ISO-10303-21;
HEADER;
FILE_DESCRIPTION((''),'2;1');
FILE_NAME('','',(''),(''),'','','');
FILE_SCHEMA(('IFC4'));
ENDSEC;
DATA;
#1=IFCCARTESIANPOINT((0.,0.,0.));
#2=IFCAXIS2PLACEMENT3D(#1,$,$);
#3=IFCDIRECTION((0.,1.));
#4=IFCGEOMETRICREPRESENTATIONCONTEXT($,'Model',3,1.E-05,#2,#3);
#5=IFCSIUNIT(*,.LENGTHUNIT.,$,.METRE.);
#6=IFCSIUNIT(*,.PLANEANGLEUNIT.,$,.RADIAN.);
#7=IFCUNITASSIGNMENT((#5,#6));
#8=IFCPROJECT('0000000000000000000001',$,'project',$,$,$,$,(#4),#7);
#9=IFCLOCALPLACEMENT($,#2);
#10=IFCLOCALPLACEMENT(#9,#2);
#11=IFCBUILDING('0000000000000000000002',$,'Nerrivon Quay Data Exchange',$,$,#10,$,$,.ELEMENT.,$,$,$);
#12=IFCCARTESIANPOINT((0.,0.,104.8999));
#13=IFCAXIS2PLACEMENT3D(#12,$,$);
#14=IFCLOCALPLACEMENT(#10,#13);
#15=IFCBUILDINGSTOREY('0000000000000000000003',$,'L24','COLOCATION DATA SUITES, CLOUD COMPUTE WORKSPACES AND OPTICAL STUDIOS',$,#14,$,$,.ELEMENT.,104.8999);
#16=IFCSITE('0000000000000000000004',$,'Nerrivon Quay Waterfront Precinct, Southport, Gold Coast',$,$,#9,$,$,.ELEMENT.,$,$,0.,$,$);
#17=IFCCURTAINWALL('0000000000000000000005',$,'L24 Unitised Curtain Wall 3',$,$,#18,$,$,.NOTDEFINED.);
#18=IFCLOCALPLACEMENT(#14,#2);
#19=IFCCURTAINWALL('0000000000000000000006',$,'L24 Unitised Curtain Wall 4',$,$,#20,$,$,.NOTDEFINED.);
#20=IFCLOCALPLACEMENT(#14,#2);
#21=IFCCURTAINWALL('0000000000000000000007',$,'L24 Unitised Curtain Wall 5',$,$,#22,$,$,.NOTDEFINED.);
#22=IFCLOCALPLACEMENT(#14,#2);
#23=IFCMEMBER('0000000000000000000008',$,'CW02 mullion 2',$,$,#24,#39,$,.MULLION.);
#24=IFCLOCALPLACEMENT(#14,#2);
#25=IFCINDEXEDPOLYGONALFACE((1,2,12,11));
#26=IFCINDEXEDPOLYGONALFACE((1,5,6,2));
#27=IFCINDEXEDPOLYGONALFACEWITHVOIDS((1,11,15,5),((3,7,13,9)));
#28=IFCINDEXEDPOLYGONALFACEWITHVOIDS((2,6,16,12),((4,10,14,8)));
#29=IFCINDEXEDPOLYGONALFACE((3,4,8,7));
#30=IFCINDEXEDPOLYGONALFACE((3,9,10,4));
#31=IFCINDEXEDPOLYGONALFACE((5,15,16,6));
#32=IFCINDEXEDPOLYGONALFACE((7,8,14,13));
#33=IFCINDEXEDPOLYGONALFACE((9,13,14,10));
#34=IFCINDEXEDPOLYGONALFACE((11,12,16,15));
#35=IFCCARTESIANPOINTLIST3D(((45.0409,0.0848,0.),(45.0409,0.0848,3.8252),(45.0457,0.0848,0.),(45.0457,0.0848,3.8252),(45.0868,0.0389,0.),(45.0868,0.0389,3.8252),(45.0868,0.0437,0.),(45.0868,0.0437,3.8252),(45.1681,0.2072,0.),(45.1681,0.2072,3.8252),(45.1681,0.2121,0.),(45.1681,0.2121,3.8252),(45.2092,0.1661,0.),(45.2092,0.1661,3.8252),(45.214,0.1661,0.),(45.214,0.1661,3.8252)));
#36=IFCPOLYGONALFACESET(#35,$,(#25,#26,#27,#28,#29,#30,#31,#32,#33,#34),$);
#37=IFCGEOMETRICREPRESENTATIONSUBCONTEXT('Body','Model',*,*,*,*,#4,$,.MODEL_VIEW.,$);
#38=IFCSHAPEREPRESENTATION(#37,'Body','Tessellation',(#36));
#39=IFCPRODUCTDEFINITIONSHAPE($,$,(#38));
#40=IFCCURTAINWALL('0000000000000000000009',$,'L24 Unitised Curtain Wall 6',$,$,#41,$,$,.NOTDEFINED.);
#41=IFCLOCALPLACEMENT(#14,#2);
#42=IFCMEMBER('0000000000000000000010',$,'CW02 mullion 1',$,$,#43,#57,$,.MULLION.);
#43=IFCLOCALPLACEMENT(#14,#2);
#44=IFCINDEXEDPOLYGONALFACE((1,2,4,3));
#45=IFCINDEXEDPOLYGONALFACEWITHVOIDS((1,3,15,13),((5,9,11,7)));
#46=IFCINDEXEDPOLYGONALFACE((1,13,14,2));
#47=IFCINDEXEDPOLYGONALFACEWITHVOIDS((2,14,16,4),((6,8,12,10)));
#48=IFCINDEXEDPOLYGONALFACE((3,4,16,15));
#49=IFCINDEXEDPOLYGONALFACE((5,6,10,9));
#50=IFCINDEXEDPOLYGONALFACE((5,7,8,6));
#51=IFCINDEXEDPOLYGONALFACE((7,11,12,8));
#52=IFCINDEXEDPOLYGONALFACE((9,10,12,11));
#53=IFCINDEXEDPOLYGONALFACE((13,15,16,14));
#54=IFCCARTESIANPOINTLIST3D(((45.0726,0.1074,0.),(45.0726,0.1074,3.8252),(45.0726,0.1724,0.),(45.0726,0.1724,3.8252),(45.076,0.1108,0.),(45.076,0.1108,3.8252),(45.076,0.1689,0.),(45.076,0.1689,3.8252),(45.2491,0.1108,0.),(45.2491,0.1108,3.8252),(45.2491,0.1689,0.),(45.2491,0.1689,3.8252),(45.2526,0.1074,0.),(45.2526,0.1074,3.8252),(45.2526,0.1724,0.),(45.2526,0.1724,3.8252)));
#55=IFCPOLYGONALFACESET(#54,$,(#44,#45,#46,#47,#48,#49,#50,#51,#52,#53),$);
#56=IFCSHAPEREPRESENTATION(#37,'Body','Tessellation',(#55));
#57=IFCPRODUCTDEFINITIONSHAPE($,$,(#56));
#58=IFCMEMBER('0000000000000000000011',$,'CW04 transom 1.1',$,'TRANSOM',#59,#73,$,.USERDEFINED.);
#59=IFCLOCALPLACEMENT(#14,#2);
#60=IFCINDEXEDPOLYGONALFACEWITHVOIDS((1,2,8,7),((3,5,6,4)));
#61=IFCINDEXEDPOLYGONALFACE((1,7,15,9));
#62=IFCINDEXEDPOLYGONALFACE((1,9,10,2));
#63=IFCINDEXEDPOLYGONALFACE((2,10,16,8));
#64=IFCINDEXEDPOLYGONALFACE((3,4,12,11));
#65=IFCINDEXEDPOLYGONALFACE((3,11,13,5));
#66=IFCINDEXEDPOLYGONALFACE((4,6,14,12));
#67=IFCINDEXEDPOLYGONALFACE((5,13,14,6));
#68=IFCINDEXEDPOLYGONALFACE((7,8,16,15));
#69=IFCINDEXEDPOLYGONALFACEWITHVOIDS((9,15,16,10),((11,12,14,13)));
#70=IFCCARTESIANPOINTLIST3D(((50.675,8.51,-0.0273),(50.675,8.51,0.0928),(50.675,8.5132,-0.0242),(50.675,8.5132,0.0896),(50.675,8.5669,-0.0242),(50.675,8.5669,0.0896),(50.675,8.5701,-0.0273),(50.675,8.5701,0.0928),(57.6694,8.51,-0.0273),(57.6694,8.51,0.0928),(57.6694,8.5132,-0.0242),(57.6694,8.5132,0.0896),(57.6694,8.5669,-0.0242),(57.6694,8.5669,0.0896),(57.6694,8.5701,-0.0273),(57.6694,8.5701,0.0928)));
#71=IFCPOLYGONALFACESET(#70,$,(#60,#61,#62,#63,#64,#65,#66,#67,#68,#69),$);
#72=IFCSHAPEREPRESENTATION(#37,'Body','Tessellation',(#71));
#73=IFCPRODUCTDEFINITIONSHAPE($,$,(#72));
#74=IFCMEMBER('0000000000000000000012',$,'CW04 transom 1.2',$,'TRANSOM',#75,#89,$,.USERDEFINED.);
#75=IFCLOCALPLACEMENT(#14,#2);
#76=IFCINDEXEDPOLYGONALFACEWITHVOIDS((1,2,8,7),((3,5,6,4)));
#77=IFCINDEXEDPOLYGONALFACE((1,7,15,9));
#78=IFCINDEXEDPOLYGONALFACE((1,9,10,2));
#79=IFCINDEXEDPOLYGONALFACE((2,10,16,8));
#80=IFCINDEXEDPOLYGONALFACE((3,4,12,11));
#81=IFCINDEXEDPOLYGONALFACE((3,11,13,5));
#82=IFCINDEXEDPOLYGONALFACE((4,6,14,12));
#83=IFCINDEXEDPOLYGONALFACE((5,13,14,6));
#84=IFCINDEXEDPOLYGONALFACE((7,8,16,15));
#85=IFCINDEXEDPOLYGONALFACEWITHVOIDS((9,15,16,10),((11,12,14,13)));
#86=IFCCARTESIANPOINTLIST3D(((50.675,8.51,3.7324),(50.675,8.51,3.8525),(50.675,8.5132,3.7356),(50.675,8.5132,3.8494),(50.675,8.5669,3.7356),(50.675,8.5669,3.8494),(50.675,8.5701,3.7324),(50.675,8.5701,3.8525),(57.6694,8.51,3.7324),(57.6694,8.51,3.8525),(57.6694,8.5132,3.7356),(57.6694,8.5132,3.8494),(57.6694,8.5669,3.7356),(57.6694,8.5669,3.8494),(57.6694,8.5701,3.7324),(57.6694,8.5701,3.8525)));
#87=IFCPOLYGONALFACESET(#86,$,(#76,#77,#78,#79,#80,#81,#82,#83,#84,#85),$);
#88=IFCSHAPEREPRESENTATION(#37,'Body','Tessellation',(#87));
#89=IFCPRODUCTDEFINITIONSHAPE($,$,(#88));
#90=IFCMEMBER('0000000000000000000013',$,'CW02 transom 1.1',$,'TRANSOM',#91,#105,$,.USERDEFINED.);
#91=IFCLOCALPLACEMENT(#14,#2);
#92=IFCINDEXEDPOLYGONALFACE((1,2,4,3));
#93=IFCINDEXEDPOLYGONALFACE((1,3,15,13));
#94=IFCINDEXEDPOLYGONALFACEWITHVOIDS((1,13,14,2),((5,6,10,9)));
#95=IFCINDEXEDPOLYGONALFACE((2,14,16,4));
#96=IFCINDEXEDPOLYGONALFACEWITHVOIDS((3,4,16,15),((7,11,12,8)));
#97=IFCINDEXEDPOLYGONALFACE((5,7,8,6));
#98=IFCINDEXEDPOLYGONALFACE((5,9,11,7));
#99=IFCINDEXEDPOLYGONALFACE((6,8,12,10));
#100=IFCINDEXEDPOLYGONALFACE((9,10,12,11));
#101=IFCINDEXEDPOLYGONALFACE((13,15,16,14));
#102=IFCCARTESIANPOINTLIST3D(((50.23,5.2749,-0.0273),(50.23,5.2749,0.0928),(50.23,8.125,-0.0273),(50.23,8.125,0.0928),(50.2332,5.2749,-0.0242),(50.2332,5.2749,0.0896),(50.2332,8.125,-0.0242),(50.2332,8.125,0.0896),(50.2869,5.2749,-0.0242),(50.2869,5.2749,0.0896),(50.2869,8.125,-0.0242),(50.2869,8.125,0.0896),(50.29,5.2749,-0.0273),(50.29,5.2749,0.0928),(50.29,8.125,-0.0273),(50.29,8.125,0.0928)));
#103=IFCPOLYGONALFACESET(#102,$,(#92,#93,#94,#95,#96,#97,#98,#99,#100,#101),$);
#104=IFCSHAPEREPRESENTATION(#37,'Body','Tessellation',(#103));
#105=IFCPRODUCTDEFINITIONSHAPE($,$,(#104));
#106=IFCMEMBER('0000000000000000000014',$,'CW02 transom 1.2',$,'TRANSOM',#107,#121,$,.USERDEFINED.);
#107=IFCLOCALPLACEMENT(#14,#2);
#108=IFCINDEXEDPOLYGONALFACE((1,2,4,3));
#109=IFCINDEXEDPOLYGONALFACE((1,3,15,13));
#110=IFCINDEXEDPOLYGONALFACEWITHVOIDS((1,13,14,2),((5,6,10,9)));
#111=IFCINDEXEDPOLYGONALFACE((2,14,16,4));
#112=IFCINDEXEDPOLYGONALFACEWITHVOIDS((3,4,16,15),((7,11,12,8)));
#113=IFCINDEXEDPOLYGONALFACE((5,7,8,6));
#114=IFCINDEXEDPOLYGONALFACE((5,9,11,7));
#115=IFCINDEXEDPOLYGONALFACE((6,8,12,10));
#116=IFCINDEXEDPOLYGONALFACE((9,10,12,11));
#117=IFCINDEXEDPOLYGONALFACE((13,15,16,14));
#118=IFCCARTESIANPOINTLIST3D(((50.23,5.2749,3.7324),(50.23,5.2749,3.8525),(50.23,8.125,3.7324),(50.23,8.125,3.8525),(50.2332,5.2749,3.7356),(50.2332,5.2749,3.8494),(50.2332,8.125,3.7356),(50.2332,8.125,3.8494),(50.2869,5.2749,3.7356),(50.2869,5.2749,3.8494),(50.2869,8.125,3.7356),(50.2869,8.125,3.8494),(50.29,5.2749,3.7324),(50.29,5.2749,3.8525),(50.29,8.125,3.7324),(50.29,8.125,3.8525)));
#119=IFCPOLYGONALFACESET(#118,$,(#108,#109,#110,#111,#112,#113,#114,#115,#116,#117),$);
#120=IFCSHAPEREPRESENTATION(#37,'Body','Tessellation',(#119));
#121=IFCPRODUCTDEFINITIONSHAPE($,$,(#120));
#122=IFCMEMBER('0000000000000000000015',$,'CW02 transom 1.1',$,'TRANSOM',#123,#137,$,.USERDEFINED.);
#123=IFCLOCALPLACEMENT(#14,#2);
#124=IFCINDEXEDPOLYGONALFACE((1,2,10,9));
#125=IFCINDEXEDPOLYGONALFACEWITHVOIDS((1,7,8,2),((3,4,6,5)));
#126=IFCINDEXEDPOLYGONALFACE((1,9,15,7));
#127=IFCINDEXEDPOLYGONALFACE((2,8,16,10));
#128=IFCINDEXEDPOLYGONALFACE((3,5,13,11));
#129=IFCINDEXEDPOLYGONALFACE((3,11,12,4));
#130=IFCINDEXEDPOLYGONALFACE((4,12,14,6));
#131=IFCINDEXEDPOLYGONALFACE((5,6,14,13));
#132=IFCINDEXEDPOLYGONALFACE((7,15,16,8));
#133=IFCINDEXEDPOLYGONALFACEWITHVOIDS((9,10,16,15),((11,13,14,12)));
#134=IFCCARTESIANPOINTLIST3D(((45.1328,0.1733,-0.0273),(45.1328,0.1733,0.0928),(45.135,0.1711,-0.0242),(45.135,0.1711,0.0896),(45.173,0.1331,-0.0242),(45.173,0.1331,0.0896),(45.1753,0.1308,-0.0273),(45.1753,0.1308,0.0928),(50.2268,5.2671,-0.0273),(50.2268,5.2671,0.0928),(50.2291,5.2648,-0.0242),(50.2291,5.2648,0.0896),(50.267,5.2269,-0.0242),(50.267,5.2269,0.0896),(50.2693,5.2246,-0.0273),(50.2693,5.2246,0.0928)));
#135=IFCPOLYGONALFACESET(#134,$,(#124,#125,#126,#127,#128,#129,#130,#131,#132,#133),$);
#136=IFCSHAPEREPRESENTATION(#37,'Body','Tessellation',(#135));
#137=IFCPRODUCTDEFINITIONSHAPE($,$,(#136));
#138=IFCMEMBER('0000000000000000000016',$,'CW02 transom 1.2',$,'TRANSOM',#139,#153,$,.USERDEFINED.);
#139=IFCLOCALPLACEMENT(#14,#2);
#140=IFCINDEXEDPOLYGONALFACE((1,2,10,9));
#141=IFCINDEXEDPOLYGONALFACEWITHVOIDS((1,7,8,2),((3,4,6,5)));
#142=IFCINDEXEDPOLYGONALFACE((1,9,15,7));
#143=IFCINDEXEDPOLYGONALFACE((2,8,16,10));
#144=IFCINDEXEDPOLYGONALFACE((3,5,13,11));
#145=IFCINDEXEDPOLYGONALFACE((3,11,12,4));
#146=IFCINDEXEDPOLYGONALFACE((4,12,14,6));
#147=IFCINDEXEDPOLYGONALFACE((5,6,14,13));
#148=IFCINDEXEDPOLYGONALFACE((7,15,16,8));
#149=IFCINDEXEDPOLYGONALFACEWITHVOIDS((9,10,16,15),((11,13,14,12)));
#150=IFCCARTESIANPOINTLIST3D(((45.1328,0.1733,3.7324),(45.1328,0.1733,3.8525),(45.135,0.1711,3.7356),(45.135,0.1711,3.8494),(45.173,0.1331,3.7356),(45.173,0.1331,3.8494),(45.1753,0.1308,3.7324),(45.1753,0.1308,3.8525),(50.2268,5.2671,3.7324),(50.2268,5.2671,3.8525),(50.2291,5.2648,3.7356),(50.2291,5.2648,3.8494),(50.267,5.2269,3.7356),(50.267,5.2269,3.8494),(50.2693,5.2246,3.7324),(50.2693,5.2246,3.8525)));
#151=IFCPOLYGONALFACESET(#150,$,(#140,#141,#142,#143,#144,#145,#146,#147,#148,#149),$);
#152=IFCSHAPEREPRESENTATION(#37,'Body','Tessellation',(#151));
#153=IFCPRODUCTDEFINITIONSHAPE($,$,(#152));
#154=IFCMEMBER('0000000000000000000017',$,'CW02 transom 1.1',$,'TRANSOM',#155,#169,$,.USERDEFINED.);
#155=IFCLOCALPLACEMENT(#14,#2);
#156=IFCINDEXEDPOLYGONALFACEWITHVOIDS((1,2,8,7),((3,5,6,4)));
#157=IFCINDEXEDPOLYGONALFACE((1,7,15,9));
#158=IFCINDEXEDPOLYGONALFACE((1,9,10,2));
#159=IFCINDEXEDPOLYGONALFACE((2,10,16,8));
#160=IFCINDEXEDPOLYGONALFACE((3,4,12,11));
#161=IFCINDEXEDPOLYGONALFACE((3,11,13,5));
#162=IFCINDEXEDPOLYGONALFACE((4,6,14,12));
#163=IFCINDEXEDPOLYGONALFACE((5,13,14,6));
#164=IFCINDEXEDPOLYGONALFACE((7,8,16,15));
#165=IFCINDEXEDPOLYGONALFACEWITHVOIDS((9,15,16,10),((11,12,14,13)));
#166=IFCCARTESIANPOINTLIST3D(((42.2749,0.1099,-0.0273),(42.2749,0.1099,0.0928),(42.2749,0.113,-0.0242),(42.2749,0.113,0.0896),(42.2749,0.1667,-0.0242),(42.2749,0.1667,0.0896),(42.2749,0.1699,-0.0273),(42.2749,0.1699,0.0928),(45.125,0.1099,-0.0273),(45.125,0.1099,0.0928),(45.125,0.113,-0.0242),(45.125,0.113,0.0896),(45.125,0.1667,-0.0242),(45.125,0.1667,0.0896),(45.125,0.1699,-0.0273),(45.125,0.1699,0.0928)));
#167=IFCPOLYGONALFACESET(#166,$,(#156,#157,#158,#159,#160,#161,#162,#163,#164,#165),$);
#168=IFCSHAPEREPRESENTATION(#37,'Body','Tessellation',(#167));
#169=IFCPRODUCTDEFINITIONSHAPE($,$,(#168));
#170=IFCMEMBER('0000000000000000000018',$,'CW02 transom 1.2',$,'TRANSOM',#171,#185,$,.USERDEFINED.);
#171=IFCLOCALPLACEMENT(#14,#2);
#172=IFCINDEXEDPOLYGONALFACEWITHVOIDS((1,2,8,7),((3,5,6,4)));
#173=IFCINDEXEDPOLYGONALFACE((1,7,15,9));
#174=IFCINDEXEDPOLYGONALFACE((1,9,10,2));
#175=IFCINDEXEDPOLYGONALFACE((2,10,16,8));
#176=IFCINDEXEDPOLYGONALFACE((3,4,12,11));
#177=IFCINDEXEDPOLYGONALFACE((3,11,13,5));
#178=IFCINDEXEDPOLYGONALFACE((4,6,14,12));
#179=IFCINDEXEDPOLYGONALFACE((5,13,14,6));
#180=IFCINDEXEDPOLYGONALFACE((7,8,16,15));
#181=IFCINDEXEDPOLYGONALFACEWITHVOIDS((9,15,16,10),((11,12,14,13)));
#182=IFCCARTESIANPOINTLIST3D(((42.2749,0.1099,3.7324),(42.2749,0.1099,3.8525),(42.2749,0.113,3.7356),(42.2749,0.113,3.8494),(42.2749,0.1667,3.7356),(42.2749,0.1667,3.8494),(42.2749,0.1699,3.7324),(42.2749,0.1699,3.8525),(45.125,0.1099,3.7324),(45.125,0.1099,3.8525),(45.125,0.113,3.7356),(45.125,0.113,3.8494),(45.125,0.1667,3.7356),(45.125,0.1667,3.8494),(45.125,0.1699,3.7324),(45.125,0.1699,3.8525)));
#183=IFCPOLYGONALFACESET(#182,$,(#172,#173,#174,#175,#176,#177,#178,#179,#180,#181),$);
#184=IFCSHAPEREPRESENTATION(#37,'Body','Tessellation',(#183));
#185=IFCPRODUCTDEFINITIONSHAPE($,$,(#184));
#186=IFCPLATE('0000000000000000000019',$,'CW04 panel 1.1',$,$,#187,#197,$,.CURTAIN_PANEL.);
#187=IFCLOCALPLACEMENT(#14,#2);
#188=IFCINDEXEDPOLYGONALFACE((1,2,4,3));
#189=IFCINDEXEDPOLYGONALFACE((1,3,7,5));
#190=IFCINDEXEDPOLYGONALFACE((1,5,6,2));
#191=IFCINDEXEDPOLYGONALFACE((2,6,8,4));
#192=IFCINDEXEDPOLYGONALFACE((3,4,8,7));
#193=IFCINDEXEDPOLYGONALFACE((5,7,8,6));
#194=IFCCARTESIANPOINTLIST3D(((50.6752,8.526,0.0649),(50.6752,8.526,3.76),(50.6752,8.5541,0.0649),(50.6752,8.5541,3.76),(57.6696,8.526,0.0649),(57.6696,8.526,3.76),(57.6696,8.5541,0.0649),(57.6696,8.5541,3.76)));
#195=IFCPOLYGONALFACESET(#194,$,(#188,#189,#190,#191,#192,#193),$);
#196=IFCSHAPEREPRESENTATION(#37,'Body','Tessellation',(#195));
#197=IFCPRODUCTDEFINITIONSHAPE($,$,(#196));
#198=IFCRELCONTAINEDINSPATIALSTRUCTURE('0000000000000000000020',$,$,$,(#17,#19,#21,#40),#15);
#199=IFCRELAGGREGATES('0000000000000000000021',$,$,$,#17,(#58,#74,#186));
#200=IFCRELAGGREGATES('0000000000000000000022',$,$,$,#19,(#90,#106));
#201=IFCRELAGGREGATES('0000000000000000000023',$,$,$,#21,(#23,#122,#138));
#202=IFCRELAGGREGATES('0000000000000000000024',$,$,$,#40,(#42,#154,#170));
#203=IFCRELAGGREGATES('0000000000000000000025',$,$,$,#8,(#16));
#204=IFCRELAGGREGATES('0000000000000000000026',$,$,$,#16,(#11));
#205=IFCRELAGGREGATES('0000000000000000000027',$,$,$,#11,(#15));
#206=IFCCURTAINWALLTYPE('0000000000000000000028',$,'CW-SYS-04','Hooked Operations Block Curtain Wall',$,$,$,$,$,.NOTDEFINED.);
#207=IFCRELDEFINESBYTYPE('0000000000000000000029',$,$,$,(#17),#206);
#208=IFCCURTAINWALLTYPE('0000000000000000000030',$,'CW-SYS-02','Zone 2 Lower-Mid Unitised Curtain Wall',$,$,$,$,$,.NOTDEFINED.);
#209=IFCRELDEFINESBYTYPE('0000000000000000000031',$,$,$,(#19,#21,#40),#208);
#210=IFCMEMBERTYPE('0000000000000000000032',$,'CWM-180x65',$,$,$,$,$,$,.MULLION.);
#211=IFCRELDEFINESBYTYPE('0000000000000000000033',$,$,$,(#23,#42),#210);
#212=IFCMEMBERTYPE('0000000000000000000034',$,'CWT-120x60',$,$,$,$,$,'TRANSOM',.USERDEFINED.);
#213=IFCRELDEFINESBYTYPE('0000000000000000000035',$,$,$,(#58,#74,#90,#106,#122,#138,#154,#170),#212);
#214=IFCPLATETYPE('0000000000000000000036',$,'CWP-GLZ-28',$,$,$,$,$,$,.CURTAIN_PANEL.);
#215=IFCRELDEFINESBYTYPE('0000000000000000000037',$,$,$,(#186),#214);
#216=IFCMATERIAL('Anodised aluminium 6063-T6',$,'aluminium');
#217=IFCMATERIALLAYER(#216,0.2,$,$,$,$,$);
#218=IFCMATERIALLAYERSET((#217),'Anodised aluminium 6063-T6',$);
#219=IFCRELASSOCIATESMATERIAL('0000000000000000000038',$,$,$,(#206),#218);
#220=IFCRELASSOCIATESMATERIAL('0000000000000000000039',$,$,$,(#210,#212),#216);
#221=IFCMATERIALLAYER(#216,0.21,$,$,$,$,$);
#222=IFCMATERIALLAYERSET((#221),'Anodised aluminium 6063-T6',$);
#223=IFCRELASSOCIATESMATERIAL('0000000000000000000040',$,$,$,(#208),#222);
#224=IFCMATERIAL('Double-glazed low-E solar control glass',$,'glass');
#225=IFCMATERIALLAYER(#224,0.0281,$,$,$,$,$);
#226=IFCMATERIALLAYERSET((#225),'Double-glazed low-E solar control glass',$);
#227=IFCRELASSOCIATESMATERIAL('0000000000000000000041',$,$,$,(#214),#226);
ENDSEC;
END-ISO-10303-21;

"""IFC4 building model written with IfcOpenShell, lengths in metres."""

from ifc_helpers import new_model, si_unit, direction, frame, origin, origin_2d, place, context, subcontext, project, spatial, rectangle, hollow_rectangle, extrude, material, layer, layer_set, material_profile, profile_set, type_object, element, aggregate, save


model = new_model("IFC4")

# Units and contexts
model_context = context("Model", 3, precision=1e-05, world=origin(), true_north=direction((0.0, 1.0)))
body_context = subcontext(model_context, "Body", "Model", "MODEL_VIEW")
ifc_project = project(units=[si_unit("LENGTHUNIT", "METRE"), si_unit("PLANEANGLEUNIT", "RADIAN")], contexts=[model_context])

# Site, building, storey
site_placement = place(None, origin())
site = spatial("IfcSite", under=ifc_project, at=site_placement, Name="Nerrivon Quay Waterfront Precinct, Southport, Gold Coast", CompositionType="ELEMENT", RefElevation=0.0)
building_placement = place(site_placement, origin())
building = spatial("IfcBuilding", under=site, at=building_placement, Name="Nerrivon Quay Data Exchange", CompositionType="ELEMENT")
storey_placement = place(building_placement, frame((0.0, 0.0, 104.8999)))
storey = spatial("IfcBuildingStorey", under=building, at=storey_placement, Name="L24", Description="COLOCATION DATA SUITES, CLOUD COMPUTE WORKSPACES AND OPTICAL STUDIOS", CompositionType="ELEMENT", Elevation=104.8999)

# Curtain walls, member
ifc_material_1 = material(Name="Anodised aluminium 6063-T6", Category="aluminium")
ifc_layer_1 = layer(ifc_material_1, 0.2)
ifc_layer_set_1 = layer_set([ifc_layer_1], Name="Anodised aluminium 6063-T6")
curtain_wall_type_1 = type_object("IfcCurtainWallType", Name="CW-SYS-04", Description="Hooked Operations Block Curtain Wall", PredefinedType="NOTDEFINED", material=ifc_layer_set_1)
curtain_wall_1_placement = place(storey_placement, origin())
curtain_wall_1 = element("IfcCurtainWall", 1, at=curtain_wall_1_placement, inside=storey, type_object=curtain_wall_type_1, Name="L24 Unitised Curtain Wall 3", PredefinedType="NOTDEFINED")
ifc_material_profile_1 = material_profile(ifc_material_1, hollow_rectangle(XDim=0.0649, YDim=0.1799, WallThickness=0.0034, at=origin_2d()), Name="ALU-MULL-180x65")
ifc_profile_set_1 = profile_set([ifc_material_profile_1], Name="Anodised aluminium 6063-T6")
member_type_1 = type_object("IfcMemberType", Name="CWM-180x65", PredefinedType="MULLION", material=ifc_profile_set_1)
ifc_layer_2 = layer(ifc_material_1, 0.21)
ifc_layer_set_2 = layer_set([ifc_layer_2], Name="Anodised aluminium 6063-T6")
curtain_wall_type_2 = type_object("IfcCurtainWallType", Name="CW-SYS-02", Description="Zone 2 Lower-Mid Unitised Curtain Wall", PredefinedType="NOTDEFINED", material=ifc_layer_set_2)
curtain_wall_2_placement = place(storey_placement, origin())
curtain_wall_2 = element("IfcCurtainWall", 2, at=curtain_wall_2_placement, inside=storey, type_object=curtain_wall_type_2, Name="L24 Unitised Curtain Wall 4", PredefinedType="NOTDEFINED")
curtain_wall_3_placement = place(storey_placement, origin())
curtain_wall_3 = element("IfcCurtainWall", 3, at=curtain_wall_3_placement, inside=storey, type_object=curtain_wall_type_2, Name="L24 Unitised Curtain Wall 5", PredefinedType="NOTDEFINED")
member_1_placement = place(storey_placement, frame((45.1274, 0.1255, 0.0), z_axis=(0.0, 0.0, 1.0), x_axis=(0.707107, -0.707107, 0.0)))
member_1 = element("IfcMember", 4, at=member_1_placement, type_object=member_type_1, Name="CW02 mullion 2", PredefinedType="MULLION", context=body_context, shape_type="SweptSolid", body=[
    extrude(hollow_rectangle(XDim=0.0649, YDim=0.1799, WallThickness=0.0034, at=origin_2d()), origin(), (0.0, 0.0, 1.0), 3.8252),
])

# Curtain wall, member
curtain_wall_4_placement = place(storey_placement, origin())
curtain_wall_4 = element("IfcCurtainWall", 5, at=curtain_wall_4_placement, inside=storey, type_object=curtain_wall_type_2, Name="L24 Unitised Curtain Wall 6", PredefinedType="NOTDEFINED")
member_2_placement = place(storey_placement, frame((45.1626, 0.1399, 0.0), z_axis=(0.0, 0.0, 1.0), x_axis=(0.0, -1.0, 0.0)))
member_2 = element("IfcMember", 6, at=member_2_placement, type_object=member_type_1, Name="CW02 mullion 1", PredefinedType="MULLION", context=body_context, shape_type="SweptSolid", body=[
    extrude(hollow_rectangle(XDim=0.0649, YDim=0.1799, WallThickness=0.0034, at=origin_2d()), origin(), (0.0, 0.0, 1.0), 3.8252),
])

# Members
ifc_material_profile_2 = material_profile(ifc_material_1, hollow_rectangle(XDim=0.0601, YDim=0.1201, WallThickness=0.0032, at=origin_2d()), Name="ALU-TRAN-120x60")
ifc_profile_set_2 = profile_set([ifc_material_profile_2], Name="Anodised aluminium 6063-T6")
member_type_2 = type_object("IfcMemberType", Name="CWT-120x60", ElementType="TRANSOM", PredefinedType="USERDEFINED", material=ifc_profile_set_2)
member_3_placement = place(storey_placement, frame((57.6694, 8.54, 0.0327), z_axis=(-1.0, 0.0, 0.0), x_axis=(0.0, -1.0, 0.0)))
member_3 = element("IfcMember", 7, at=member_3_placement, type_object=member_type_2, Name="CW04 transom 1.1", ObjectType="TRANSOM", PredefinedType="USERDEFINED", context=body_context, shape_type="SweptSolid", body=[
    extrude(hollow_rectangle(XDim=0.0601, YDim=0.1201, WallThickness=0.0032, at=origin_2d()), origin(), (0.0, 0.0, 1.0), 6.9944),
])
member_4_placement = place(storey_placement, frame((57.6694, 8.54, 3.7925), z_axis=(-1.0, 0.0, 0.0), x_axis=(0.0, -1.0, 0.0)))
member_4 = element("IfcMember", 8, at=member_4_placement, type_object=member_type_2, Name="CW04 transom 1.2", ObjectType="TRANSOM", PredefinedType="USERDEFINED", context=body_context, shape_type="SweptSolid", body=[
    extrude(hollow_rectangle(XDim=0.0601, YDim=0.1201, WallThickness=0.0032, at=origin_2d()), origin(), (0.0, 0.0, 1.0), 6.9944),
])
member_5_placement = place(storey_placement, frame((50.26, 8.125, 0.0327), z_axis=(0.0, -1.0, 0.0), x_axis=(1.0, 0.0, 0.0)))
member_5 = element("IfcMember", 9, at=member_5_placement, type_object=member_type_2, Name="CW02 transom 1.1", ObjectType="TRANSOM", PredefinedType="USERDEFINED", context=body_context, shape_type="SweptSolid", body=[
    extrude(hollow_rectangle(XDim=0.0601, YDim=0.1201, WallThickness=0.0032, at=origin_2d()), origin(), (0.0, 0.0, 1.0), 2.8501),
])
member_6_placement = place(storey_placement, frame((50.26, 8.125, 3.7925), z_axis=(0.0, -1.0, 0.0), x_axis=(1.0, 0.0, 0.0)))
member_6 = element("IfcMember", 10, at=member_6_placement, type_object=member_type_2, Name="CW02 transom 1.2", ObjectType="TRANSOM", PredefinedType="USERDEFINED", context=body_context, shape_type="SweptSolid", body=[
    extrude(hollow_rectangle(XDim=0.0601, YDim=0.1201, WallThickness=0.0032, at=origin_2d()), origin(), (0.0, 0.0, 1.0), 2.8501),
])
member_7_placement = place(storey_placement, frame((50.248, 5.2458, 0.0327), z_axis=(-0.707124, -0.70709, 0.0), x_axis=(0.70709, -0.707124, 0.0)))
member_7 = element("IfcMember", 11, at=member_7_placement, type_object=member_type_2, Name="CW02 transom 1.1", ObjectType="TRANSOM", PredefinedType="USERDEFINED", context=body_context, shape_type="SweptSolid", body=[
    extrude(hollow_rectangle(XDim=0.0601, YDim=0.1201, WallThickness=0.0032, at=origin_2d()), origin(), (0.0, 0.0, 1.0), 7.2039),
])
member_8_placement = place(storey_placement, frame((50.248, 5.2458, 3.7925), z_axis=(-0.707124, -0.70709, 0.0), x_axis=(0.70709, -0.707124, 0.0)))
member_8 = element("IfcMember", 12, at=member_8_placement, type_object=member_type_2, Name="CW02 transom 1.2", ObjectType="TRANSOM", PredefinedType="USERDEFINED", context=body_context, shape_type="SweptSolid", body=[
    extrude(hollow_rectangle(XDim=0.0601, YDim=0.1201, WallThickness=0.0032, at=origin_2d()), origin(), (0.0, 0.0, 1.0), 7.2039),
])
member_9_placement = place(storey_placement, frame((45.125, 0.1399, 0.0327), z_axis=(-1.0, 0.0, 0.0), x_axis=(0.0, -1.0, 0.0)))
member_9 = element("IfcMember", 13, at=member_9_placement, type_object=member_type_2, Name="CW02 transom 1.1", ObjectType="TRANSOM", PredefinedType="USERDEFINED", context=body_context, shape_type="SweptSolid", body=[
    extrude(hollow_rectangle(XDim=0.0601, YDim=0.1201, WallThickness=0.0032, at=origin_2d()), origin(), (0.0, 0.0, 1.0), 2.8501),
])
member_10_placement = place(storey_placement, frame((45.125, 0.1399, 3.7925), z_axis=(-1.0, 0.0, 0.0), x_axis=(0.0, -1.0, 0.0)))
member_10 = element("IfcMember", 14, at=member_10_placement, type_object=member_type_2, Name="CW02 transom 1.2", ObjectType="TRANSOM", PredefinedType="USERDEFINED", context=body_context, shape_type="SweptSolid", body=[
    extrude(hollow_rectangle(XDim=0.0601, YDim=0.1201, WallThickness=0.0032, at=origin_2d()), origin(), (0.0, 0.0, 1.0), 2.8501),
])

# Plate
ifc_material_2 = material(Name="Double-glazed low-E solar control glass", Category="glass")
ifc_layer_3 = layer(ifc_material_2, 0.0281)
ifc_layer_set_3 = layer_set([ifc_layer_3], Name="Double-glazed low-E solar control glass")
plate_type = type_object("IfcPlateType", Name="CWP-GLZ-28", PredefinedType="CURTAIN_PANEL", material=ifc_layer_set_3)
plate_1_placement = place(storey_placement, frame((54.1724, 8.54, 0.0649), z_axis=(0.0, 0.0, 1.0), x_axis=(-1.0, 0.0, 0.0)))
plate_1 = element("IfcPlate", 15, at=plate_1_placement, type_object=plate_type, Name="CW04 panel 1.1", PredefinedType="CURTAIN_PANEL", context=body_context, shape_type="SweptSolid", body=[
    extrude(rectangle(XDim=6.9944, YDim=0.0281, at=origin_2d()), origin(), (0.0, 0.0, 1.0), 3.6951),
])
aggregate(curtain_wall_1, [member_3, member_4, plate_1])
aggregate(curtain_wall_2, [member_5, member_6])
aggregate(curtain_wall_3, [member_1, member_7, member_8])
aggregate(curtain_wall_4, [member_2, member_9, member_10])

save(model, "model.ifc")
